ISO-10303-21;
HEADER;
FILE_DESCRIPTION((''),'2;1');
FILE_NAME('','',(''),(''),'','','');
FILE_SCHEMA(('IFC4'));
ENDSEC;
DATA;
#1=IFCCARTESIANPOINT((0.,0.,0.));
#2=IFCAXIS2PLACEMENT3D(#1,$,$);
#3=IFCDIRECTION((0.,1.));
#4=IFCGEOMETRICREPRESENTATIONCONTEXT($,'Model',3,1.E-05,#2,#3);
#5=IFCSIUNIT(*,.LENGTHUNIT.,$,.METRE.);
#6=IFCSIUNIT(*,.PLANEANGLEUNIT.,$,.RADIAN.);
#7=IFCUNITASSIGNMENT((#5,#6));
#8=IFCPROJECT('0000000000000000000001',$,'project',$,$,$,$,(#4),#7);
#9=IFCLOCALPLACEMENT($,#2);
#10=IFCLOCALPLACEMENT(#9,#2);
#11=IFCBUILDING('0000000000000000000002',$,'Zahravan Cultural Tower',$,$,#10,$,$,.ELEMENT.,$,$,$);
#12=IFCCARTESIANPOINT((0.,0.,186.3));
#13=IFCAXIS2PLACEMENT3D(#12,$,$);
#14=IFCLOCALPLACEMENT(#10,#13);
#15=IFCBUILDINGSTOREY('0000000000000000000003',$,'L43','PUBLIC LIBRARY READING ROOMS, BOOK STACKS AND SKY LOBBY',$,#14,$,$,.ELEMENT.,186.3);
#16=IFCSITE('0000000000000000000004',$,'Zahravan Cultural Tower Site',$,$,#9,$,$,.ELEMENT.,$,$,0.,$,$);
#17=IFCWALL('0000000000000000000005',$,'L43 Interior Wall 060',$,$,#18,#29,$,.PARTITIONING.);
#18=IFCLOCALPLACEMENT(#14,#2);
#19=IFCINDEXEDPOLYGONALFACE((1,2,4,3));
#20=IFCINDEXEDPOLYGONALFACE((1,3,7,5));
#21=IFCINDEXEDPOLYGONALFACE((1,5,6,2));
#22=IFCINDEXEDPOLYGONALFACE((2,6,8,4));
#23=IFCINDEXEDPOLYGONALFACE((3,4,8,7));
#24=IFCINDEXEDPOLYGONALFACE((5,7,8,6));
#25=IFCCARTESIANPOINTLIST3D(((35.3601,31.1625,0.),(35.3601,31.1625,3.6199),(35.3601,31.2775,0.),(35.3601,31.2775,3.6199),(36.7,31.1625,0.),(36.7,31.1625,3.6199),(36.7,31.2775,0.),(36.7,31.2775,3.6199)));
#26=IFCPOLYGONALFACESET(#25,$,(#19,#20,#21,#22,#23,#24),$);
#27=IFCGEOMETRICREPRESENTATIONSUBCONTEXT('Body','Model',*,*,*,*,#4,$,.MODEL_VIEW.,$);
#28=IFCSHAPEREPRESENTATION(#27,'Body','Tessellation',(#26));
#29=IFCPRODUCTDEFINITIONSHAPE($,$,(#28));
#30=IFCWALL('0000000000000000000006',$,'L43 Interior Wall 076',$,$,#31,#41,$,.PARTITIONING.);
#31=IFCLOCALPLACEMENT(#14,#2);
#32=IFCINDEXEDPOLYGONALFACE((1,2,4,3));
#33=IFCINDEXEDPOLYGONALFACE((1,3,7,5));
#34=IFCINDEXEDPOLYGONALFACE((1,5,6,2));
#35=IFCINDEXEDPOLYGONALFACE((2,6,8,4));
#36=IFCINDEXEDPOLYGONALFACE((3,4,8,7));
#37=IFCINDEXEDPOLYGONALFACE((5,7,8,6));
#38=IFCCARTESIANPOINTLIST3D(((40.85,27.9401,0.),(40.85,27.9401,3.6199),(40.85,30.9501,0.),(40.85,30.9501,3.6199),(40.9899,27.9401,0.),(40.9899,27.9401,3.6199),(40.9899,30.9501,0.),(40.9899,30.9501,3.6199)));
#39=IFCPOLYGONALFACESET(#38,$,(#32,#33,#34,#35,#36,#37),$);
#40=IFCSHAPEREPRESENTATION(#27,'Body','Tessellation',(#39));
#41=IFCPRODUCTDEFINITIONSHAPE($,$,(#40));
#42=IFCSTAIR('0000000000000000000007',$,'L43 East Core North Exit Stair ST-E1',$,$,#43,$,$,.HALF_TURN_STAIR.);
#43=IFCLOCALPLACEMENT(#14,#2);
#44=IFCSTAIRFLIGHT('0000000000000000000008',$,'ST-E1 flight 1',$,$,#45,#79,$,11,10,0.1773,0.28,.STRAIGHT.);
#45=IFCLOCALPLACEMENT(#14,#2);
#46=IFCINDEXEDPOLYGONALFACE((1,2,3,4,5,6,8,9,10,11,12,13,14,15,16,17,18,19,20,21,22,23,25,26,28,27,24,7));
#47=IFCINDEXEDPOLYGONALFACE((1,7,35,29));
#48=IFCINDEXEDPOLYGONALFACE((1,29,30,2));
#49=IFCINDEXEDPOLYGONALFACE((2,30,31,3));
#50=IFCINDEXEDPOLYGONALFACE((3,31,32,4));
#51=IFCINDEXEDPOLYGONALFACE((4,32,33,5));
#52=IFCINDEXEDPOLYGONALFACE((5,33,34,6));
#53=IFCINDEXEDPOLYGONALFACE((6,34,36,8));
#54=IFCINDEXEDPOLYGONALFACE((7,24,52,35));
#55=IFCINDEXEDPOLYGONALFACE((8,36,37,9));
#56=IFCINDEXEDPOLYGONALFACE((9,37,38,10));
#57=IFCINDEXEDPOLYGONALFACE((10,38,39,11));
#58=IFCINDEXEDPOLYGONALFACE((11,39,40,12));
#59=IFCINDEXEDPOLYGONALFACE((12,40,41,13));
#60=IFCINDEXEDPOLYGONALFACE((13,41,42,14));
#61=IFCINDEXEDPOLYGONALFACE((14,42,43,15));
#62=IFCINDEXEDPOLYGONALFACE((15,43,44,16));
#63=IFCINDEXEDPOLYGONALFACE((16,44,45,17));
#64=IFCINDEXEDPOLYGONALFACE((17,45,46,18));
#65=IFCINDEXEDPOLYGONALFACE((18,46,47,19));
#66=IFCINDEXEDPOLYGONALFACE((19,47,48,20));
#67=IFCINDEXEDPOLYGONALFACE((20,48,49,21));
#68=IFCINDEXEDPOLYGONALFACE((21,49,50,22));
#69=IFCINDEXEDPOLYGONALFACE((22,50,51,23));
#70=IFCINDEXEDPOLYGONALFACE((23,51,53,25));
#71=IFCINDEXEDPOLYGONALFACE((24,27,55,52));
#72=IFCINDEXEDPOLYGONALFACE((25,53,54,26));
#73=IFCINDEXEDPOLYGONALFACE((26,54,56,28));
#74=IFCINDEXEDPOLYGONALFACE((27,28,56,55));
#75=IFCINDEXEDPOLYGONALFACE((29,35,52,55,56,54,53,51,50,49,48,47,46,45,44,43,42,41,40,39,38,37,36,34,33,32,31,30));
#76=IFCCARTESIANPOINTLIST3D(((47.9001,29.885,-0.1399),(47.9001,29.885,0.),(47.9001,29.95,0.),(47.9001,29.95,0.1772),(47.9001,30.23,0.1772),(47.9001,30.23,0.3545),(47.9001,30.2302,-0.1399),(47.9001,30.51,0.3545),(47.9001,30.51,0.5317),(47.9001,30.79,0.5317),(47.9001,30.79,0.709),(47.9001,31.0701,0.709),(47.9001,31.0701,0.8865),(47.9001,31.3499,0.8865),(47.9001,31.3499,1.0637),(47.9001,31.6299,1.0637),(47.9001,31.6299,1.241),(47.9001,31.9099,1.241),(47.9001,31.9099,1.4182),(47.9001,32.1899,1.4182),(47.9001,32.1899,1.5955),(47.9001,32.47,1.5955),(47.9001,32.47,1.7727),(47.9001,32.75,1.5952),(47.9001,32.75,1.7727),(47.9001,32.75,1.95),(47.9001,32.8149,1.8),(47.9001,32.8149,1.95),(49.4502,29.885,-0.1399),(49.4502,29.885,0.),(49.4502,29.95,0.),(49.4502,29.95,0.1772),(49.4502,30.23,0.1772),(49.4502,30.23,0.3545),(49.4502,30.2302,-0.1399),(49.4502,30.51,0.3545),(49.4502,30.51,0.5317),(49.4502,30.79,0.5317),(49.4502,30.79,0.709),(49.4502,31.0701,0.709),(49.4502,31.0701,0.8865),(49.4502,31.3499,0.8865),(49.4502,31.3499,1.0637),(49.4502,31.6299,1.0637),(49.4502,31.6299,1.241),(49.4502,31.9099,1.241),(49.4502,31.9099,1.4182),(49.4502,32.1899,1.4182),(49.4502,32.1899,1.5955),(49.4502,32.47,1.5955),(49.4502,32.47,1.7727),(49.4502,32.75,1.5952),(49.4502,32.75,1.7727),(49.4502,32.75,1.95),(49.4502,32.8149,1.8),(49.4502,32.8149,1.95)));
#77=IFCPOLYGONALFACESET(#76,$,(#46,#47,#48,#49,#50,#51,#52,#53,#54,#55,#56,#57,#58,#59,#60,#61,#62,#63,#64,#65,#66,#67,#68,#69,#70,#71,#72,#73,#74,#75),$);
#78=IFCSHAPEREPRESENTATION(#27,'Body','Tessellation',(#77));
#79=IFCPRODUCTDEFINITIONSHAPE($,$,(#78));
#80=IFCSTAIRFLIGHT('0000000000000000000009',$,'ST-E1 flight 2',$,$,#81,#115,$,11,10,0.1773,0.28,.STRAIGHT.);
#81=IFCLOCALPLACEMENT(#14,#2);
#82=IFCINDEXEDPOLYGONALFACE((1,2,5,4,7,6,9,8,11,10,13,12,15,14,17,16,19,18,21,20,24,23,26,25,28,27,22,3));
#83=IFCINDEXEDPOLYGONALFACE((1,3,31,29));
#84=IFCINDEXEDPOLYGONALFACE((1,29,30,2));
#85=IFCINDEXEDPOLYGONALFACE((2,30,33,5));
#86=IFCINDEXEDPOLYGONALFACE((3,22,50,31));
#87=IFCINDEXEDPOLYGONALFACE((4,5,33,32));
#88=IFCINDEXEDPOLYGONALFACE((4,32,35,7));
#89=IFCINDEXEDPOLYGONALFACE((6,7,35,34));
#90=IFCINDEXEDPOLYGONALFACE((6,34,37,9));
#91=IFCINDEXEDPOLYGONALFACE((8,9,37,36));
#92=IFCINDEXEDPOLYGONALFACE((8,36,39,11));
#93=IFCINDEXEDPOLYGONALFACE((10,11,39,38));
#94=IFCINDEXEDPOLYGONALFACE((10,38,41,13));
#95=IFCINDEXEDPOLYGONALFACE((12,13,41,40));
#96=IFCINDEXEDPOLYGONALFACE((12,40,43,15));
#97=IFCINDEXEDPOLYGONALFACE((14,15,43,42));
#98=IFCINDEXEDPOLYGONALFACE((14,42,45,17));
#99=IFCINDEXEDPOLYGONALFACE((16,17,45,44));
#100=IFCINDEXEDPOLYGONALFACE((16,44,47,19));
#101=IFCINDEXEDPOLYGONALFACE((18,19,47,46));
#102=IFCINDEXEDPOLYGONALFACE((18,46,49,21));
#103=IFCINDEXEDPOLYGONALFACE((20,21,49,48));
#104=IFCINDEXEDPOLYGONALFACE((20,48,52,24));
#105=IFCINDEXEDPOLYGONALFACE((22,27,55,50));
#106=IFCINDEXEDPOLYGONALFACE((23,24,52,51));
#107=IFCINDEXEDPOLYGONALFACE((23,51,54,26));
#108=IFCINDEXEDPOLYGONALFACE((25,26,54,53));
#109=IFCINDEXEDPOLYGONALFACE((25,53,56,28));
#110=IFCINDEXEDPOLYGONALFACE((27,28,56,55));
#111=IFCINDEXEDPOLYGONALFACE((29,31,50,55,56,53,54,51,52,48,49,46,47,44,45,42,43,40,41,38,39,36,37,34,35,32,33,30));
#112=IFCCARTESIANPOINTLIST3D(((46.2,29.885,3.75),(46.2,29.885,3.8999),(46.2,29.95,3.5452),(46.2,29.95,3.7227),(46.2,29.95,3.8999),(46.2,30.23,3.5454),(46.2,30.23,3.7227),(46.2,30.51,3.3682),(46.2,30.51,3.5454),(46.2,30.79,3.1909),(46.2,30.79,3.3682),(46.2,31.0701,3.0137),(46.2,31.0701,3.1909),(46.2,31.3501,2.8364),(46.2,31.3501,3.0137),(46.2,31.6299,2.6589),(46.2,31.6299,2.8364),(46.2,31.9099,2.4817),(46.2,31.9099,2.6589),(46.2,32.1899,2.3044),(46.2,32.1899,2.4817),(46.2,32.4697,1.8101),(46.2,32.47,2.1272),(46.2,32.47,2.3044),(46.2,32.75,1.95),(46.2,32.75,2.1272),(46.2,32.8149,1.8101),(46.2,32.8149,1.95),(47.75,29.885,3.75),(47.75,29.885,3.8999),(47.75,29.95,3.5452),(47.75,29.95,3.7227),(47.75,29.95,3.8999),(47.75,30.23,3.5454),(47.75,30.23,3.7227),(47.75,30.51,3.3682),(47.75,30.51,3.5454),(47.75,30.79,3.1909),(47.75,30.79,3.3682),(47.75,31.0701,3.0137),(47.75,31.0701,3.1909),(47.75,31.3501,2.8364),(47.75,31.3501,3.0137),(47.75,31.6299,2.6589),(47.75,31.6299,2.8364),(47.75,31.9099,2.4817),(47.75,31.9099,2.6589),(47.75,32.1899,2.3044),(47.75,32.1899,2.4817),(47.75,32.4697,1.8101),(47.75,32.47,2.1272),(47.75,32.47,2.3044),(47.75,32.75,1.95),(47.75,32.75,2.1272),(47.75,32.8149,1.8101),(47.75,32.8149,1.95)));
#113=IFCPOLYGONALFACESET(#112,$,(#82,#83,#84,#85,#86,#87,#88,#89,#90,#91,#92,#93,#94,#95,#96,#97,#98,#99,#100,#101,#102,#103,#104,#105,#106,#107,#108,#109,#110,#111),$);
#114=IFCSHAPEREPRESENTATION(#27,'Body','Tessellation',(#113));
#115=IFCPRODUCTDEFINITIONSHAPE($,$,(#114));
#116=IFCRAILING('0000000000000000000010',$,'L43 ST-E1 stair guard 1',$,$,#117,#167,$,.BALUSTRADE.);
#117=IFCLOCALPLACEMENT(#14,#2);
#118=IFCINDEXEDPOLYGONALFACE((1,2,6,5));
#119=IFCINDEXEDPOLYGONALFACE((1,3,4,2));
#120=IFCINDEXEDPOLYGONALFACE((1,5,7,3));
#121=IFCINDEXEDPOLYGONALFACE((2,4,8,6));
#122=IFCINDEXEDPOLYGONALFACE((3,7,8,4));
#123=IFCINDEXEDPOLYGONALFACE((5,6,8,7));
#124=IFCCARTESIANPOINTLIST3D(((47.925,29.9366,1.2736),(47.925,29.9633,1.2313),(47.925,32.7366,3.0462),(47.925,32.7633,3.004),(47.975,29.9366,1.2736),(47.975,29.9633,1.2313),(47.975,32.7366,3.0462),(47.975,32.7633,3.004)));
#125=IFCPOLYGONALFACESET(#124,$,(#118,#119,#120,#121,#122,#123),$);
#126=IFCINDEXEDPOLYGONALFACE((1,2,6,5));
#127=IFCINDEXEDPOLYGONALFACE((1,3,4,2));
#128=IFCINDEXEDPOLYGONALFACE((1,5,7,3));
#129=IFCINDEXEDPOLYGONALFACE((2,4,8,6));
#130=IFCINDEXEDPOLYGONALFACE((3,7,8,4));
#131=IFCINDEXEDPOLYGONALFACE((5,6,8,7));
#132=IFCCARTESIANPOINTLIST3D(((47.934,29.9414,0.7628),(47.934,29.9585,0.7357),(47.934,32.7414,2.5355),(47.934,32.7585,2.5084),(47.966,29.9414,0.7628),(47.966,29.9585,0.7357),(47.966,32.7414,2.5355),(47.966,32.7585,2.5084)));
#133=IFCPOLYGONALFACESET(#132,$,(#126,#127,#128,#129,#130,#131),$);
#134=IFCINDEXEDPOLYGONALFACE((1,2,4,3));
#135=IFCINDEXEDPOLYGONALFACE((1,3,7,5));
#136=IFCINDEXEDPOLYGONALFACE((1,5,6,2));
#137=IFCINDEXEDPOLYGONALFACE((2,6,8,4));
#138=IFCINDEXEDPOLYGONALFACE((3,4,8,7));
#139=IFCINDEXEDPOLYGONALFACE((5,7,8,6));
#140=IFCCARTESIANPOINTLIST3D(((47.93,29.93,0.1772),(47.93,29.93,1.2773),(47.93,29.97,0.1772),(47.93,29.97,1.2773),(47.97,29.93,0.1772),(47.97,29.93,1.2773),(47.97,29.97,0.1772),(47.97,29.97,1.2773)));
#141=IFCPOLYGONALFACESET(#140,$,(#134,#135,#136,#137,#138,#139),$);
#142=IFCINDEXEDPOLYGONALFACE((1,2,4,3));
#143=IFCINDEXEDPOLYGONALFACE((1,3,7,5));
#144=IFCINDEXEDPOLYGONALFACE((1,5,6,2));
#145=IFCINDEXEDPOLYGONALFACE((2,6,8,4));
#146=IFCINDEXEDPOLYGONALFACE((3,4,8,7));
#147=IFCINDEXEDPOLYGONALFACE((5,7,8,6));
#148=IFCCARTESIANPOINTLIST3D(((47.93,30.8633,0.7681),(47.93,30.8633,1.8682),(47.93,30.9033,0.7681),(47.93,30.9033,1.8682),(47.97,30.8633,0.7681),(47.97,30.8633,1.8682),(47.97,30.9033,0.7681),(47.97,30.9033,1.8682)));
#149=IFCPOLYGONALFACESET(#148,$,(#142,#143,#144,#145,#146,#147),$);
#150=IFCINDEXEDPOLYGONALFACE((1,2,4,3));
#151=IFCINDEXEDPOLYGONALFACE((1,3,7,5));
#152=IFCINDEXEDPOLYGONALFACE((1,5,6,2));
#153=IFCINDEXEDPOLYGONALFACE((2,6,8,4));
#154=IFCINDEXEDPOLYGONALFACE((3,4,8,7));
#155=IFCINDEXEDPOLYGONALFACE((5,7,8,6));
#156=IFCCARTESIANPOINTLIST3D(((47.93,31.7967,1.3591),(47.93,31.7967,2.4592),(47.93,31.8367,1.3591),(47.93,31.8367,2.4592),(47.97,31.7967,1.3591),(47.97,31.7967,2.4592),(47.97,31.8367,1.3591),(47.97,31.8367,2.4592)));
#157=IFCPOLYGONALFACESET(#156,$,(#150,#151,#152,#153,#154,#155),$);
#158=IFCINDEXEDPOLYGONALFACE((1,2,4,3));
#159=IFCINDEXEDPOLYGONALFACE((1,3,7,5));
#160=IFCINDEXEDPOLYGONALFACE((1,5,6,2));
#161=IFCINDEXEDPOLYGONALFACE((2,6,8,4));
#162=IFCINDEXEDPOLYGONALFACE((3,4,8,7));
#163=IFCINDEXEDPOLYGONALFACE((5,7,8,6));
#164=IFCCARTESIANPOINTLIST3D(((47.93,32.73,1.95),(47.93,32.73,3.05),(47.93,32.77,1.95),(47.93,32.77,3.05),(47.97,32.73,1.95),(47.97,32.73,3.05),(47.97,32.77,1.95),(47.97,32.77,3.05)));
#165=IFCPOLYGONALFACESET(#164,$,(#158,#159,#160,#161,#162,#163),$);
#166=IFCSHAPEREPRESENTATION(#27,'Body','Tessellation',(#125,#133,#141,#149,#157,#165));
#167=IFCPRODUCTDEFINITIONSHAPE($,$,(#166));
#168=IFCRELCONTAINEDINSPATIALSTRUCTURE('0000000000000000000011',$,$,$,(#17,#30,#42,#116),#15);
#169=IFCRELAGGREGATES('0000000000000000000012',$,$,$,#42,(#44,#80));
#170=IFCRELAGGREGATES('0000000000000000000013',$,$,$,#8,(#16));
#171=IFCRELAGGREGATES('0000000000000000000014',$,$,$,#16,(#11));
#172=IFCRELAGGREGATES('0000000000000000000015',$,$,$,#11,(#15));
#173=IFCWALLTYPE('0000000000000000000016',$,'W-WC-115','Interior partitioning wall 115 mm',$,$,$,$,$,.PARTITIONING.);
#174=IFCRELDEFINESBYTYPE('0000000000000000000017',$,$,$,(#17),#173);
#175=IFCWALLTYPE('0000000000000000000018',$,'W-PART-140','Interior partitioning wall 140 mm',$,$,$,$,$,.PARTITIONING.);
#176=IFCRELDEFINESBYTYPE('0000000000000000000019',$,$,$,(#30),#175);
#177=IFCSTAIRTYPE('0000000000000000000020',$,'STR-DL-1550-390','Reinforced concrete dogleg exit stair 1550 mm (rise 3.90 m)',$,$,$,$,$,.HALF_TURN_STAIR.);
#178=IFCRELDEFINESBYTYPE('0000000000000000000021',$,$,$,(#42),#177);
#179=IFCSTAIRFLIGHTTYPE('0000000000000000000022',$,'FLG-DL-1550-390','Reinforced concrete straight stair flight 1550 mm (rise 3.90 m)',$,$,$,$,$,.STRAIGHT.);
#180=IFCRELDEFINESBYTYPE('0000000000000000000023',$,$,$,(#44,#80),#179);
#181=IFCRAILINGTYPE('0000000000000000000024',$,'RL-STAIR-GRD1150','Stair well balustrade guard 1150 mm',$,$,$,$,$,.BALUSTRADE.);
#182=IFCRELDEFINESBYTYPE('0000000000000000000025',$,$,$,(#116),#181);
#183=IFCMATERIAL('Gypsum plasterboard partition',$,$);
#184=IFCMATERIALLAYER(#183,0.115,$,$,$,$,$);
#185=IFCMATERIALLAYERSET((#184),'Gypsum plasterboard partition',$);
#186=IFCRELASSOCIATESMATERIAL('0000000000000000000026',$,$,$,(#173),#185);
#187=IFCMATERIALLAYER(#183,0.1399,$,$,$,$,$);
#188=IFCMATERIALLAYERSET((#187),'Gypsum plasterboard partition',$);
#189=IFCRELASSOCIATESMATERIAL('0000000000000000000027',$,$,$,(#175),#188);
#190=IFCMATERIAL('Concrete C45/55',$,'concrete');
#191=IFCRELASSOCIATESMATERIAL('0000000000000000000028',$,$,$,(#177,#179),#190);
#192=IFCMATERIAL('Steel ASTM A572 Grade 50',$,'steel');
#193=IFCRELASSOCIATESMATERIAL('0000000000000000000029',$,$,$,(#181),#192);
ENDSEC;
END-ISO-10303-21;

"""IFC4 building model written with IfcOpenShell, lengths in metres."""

from ifc_helpers import new_model, si_unit, direction, frame, frame_2d, origin, origin_2d, place, context, subcontext, project, spatial, polyline, rectangle, outline, extrude, source, transform, mapped, material, layer, layer_set, type_object, element, aggregate, save


model = new_model("IFC4")

# Units and contexts
model_context = context("Model", 3, precision=1e-05, world=origin(), true_north=direction((0.0, 1.0)))
body_context = subcontext(model_context, "Body", "Model", "MODEL_VIEW")
ifc_project = project(units=[si_unit("LENGTHUNIT", "METRE"), si_unit("PLANEANGLEUNIT", "RADIAN")], contexts=[model_context])

# Site, building, storey
site_placement = place(None, origin())
site = spatial("IfcSite", under=ifc_project, at=site_placement, Name="Zahravan Cultural Tower Site", CompositionType="ELEMENT", RefElevation=0.0)
building_placement = place(site_placement, origin())
building = spatial("IfcBuilding", under=site, at=building_placement, Name="Zahravan Cultural Tower", CompositionType="ELEMENT")
storey_placement = place(building_placement, frame((0.0, 0.0, 186.3)))
storey = spatial("IfcBuildingStorey", under=building, at=storey_placement, Name="L43", Description="PUBLIC LIBRARY READING ROOMS, BOOK STACKS AND SKY LOBBY", CompositionType="ELEMENT", Elevation=186.3)

# Shared definitions
ifc_material_1 = material(Name="Concrete C45/55", Category="concrete")
ifc_material_2 = material(Name="Steel ASTM A572 Grade 50", Category="steel")

# Walls
ifc_material_3 = material(Name="Gypsum plasterboard partition")
ifc_layer_1 = layer(ifc_material_3, 0.115)
ifc_layer_set_1 = layer_set([ifc_layer_1], Name="Gypsum plasterboard partition")
wall_type_1 = type_object("IfcWallType", Name="W-WC-115", Description="Interior partitioning wall 115 mm", PredefinedType="PARTITIONING", material=ifc_layer_set_1)
shared_shape_1 = source(origin(), body_context, "Body", "SweptSolid", [
    extrude(rectangle(XDim=1.3398, YDim=0.115, at=frame_2d((0.6699, 0.0))), origin(), (0.0, 0.0, 1.0), 3.6199),
])
wall_1_placement = place(storey_placement, frame((36.7, 31.22, 0.0), z_axis=(0.0, 0.0, 1.0), x_axis=(-1.0, 0.0, 0.0)))
element("IfcWall", 1, at=wall_1_placement, inside=storey, type_object=wall_type_1, Name="L43 Interior Wall 060", PredefinedType="PARTITIONING", context=body_context, shape_type="MappedRepresentation", body=[
    mapped(shared_shape_1, transform((0.0, 0.0, 0.0), x_axis=(1.0, 0.0, 0.0), y_axis=(0.0, 1.0, 0.0), z_axis=(0.0, 0.0, 1.0), scale=1.0)),
])
ifc_layer_2 = layer(ifc_material_3, 0.1399)
ifc_layer_set_2 = layer_set([ifc_layer_2], Name="Gypsum plasterboard partition")
wall_type_2 = type_object("IfcWallType", Name="W-PART-140", Description="Interior partitioning wall 140 mm", PredefinedType="PARTITIONING", material=ifc_layer_set_2)
shared_shape_2 = source(origin(), body_context, "Body", "SweptSolid", [
    extrude(rectangle(XDim=3.01, YDim=0.1399, at=frame_2d((1.5049, 0.0))), origin(), (0.0, 0.0, 1.0), 3.6199),
])
wall_2_placement = place(storey_placement, frame((40.9199, 30.95, 0.0), z_axis=(0.0, 0.0, 1.0), x_axis=(0.0, -1.0, 0.0)))
element("IfcWall", 2, at=wall_2_placement, inside=storey, type_object=wall_type_2, Name="L43 Interior Wall 076", PredefinedType="PARTITIONING", context=body_context, shape_type="MappedRepresentation", body=[
    mapped(shared_shape_2, transform((0.0, 0.0, 0.0), x_axis=(1.0, 0.0, 0.0), y_axis=(0.0, 1.0, 0.0), z_axis=(0.0, 0.0, 1.0), scale=1.0)),
])

# Stair, stair flights
stair_type = type_object("IfcStairType", Name="STR-DL-1550-390", Description="Reinforced concrete dogleg exit stair 1550 mm (rise 3.90 m)", PredefinedType="HALF_TURN_STAIR", material=ifc_material_1)
stair_placement = place(storey_placement, origin())
stair = element("IfcStair", 3, at=stair_placement, inside=storey, type_object=stair_type, Name="L43 East Core North Exit Stair ST-E1", PredefinedType="HALF_TURN_STAIR")
stair_flight_type = type_object("IfcStairFlightType", Name="FLG-DL-1550-390", Description="Reinforced concrete straight stair flight 1550 mm (rise 3.90 m)", PredefinedType="STRAIGHT", material=ifc_material_1)
stair_flight_1_placement = place(storey_placement, frame((48.675, 29.95, 0.0), z_axis=(0.0, 0.0, 1.0), x_axis=(0.0, 1.0, 0.0)))
stair_flight_1 = element("IfcStairFlight", 4, at=stair_flight_1_placement, type_object=stair_flight_type, Name="ST-E1 flight 1", NumberOfRisers=11, NumberOfTreads=10, PredefinedType="STRAIGHT", RiserHeight=0.1773, TreadLength=0.28, context=body_context, shape_type="SweptSolid", body=[
    extrude(outline(polyline([(-0.0649, -0.1399), (-0.0649, 0.0), (0.0, 0.0), (0.0, 0.1772), (0.28, 0.1772), (0.28, 0.3545), (0.5601, 0.3545), (0.5601, 0.5317), (0.8401, 0.5317), (0.8401, 0.709), (1.1201, 0.709), (1.1201, 0.8865), (1.3999, 0.8865), (1.3999, 1.0637), (1.6799, 1.0637), (1.6799, 1.241), (1.96, 1.241), (1.96, 1.4182), (2.24, 1.4182), (2.24, 1.5955), (2.52, 1.5955), (2.52, 1.7727), (2.8, 1.7727), (2.8, 1.95), (2.865, 1.95), (2.865, 1.8), (2.8, 1.5952), (0.2803, -0.1399), (-0.0649, -0.1399)])), frame((0.0, 0.7749, 0.0), z_axis=(0.0, -1.0, 0.0), x_axis=(1.0, 0.0, 0.0)), (0.0, 0.0, 1.0), 1.55),
])
stair_flight_2_placement = place(storey_placement, frame((46.9751, 32.75, 1.95), z_axis=(0.0, 0.0, 1.0), x_axis=(0.0, -1.0, 0.0)))
stair_flight_2 = element("IfcStairFlight", 5, at=stair_flight_2_placement, type_object=stair_flight_type, Name="ST-E1 flight 2", NumberOfRisers=11, NumberOfTreads=10, PredefinedType="STRAIGHT", RiserHeight=0.1773, TreadLength=0.28, context=body_context, shape_type="SweptSolid", body=[
    extrude(outline(polyline([(-0.0649, -0.1399), (-0.0649, 0.0), (0.0, 0.0), (0.0, 0.1772), (0.28, 0.1772), (0.28, 0.3545), (0.5601, 0.3545), (0.5601, 0.5317), (0.8401, 0.5317), (0.8401, 0.709), (1.1201, 0.709), (1.1201, 0.8865), (1.3999, 0.8865), (1.3999, 1.0637), (1.6799, 1.0637), (1.6799, 1.241), (1.96, 1.241), (1.96, 1.4182), (2.24, 1.4182), (2.24, 1.5955), (2.52, 1.5955), (2.52, 1.7727), (2.8, 1.7727), (2.8, 1.95), (2.865, 1.95), (2.865, 1.8), (2.8, 1.5952), (0.2803, -0.1399), (-0.0649, -0.1399)])), frame((0.0, 0.7749, 0.0), z_axis=(0.0, -1.0, 0.0), x_axis=(1.0, 0.0, 0.0)), (0.0, 0.0, 1.0), 1.55),
])
aggregate(stair, [stair_flight_1, stair_flight_2])

# Railing
railing_type_1 = type_object("IfcRailingType", Name="RL-STAIR-GRD1150", Description="Stair well balustrade guard 1150 mm", PredefinedType="BALUSTRADE", material=ifc_material_2)
railing_1_placement = place(storey_placement, frame((47.95, 29.95, 0.1772)))
element("IfcRailing", 6, at=railing_1_placement, inside=storey, type_object=railing_type_1, Name="L43 ST-E1 stair guard 1", PredefinedType="BALUSTRADE", context=body_context, shape_type="SweptSolid", body=[
    extrude(rectangle(XDim=0.05, YDim=0.05, at=origin_2d()), frame((0.0, 0.0, 1.0752), z_axis=(0.0, 0.844909, 0.53491), x_axis=(-1.0, 0.0, 0.0)), (0.0, 0.0, 1.0), 3.314),
    extrude(rectangle(XDim=0.032, YDim=0.032, at=origin_2d()), frame((0.0, 0.0, 0.572), z_axis=(0.0, 0.844909, 0.53491), x_axis=(-1.0, 0.0, 0.0)), (0.0, 0.0, 1.0), 3.314),
    extrude(rectangle(XDim=0.04, YDim=0.04, at=origin_2d()), origin(), (0.0, 0.0, 1.0), 1.1001),
    extrude(rectangle(XDim=0.04, YDim=0.04, at=origin_2d()), frame((0.0, 0.9333, 0.5908)), (0.0, 0.0, 1.0), 1.1001),
    extrude(rectangle(XDim=0.04, YDim=0.04, at=origin_2d()), frame((0.0, 1.8667, 1.1819)), (0.0, 0.0, 1.0), 1.1001),
    extrude(rectangle(XDim=0.04, YDim=0.04, at=origin_2d()), frame((0.0, 2.8, 1.7727)), (0.0, 0.0, 1.0), 1.1001),
])

save(model, "model.ifc")
